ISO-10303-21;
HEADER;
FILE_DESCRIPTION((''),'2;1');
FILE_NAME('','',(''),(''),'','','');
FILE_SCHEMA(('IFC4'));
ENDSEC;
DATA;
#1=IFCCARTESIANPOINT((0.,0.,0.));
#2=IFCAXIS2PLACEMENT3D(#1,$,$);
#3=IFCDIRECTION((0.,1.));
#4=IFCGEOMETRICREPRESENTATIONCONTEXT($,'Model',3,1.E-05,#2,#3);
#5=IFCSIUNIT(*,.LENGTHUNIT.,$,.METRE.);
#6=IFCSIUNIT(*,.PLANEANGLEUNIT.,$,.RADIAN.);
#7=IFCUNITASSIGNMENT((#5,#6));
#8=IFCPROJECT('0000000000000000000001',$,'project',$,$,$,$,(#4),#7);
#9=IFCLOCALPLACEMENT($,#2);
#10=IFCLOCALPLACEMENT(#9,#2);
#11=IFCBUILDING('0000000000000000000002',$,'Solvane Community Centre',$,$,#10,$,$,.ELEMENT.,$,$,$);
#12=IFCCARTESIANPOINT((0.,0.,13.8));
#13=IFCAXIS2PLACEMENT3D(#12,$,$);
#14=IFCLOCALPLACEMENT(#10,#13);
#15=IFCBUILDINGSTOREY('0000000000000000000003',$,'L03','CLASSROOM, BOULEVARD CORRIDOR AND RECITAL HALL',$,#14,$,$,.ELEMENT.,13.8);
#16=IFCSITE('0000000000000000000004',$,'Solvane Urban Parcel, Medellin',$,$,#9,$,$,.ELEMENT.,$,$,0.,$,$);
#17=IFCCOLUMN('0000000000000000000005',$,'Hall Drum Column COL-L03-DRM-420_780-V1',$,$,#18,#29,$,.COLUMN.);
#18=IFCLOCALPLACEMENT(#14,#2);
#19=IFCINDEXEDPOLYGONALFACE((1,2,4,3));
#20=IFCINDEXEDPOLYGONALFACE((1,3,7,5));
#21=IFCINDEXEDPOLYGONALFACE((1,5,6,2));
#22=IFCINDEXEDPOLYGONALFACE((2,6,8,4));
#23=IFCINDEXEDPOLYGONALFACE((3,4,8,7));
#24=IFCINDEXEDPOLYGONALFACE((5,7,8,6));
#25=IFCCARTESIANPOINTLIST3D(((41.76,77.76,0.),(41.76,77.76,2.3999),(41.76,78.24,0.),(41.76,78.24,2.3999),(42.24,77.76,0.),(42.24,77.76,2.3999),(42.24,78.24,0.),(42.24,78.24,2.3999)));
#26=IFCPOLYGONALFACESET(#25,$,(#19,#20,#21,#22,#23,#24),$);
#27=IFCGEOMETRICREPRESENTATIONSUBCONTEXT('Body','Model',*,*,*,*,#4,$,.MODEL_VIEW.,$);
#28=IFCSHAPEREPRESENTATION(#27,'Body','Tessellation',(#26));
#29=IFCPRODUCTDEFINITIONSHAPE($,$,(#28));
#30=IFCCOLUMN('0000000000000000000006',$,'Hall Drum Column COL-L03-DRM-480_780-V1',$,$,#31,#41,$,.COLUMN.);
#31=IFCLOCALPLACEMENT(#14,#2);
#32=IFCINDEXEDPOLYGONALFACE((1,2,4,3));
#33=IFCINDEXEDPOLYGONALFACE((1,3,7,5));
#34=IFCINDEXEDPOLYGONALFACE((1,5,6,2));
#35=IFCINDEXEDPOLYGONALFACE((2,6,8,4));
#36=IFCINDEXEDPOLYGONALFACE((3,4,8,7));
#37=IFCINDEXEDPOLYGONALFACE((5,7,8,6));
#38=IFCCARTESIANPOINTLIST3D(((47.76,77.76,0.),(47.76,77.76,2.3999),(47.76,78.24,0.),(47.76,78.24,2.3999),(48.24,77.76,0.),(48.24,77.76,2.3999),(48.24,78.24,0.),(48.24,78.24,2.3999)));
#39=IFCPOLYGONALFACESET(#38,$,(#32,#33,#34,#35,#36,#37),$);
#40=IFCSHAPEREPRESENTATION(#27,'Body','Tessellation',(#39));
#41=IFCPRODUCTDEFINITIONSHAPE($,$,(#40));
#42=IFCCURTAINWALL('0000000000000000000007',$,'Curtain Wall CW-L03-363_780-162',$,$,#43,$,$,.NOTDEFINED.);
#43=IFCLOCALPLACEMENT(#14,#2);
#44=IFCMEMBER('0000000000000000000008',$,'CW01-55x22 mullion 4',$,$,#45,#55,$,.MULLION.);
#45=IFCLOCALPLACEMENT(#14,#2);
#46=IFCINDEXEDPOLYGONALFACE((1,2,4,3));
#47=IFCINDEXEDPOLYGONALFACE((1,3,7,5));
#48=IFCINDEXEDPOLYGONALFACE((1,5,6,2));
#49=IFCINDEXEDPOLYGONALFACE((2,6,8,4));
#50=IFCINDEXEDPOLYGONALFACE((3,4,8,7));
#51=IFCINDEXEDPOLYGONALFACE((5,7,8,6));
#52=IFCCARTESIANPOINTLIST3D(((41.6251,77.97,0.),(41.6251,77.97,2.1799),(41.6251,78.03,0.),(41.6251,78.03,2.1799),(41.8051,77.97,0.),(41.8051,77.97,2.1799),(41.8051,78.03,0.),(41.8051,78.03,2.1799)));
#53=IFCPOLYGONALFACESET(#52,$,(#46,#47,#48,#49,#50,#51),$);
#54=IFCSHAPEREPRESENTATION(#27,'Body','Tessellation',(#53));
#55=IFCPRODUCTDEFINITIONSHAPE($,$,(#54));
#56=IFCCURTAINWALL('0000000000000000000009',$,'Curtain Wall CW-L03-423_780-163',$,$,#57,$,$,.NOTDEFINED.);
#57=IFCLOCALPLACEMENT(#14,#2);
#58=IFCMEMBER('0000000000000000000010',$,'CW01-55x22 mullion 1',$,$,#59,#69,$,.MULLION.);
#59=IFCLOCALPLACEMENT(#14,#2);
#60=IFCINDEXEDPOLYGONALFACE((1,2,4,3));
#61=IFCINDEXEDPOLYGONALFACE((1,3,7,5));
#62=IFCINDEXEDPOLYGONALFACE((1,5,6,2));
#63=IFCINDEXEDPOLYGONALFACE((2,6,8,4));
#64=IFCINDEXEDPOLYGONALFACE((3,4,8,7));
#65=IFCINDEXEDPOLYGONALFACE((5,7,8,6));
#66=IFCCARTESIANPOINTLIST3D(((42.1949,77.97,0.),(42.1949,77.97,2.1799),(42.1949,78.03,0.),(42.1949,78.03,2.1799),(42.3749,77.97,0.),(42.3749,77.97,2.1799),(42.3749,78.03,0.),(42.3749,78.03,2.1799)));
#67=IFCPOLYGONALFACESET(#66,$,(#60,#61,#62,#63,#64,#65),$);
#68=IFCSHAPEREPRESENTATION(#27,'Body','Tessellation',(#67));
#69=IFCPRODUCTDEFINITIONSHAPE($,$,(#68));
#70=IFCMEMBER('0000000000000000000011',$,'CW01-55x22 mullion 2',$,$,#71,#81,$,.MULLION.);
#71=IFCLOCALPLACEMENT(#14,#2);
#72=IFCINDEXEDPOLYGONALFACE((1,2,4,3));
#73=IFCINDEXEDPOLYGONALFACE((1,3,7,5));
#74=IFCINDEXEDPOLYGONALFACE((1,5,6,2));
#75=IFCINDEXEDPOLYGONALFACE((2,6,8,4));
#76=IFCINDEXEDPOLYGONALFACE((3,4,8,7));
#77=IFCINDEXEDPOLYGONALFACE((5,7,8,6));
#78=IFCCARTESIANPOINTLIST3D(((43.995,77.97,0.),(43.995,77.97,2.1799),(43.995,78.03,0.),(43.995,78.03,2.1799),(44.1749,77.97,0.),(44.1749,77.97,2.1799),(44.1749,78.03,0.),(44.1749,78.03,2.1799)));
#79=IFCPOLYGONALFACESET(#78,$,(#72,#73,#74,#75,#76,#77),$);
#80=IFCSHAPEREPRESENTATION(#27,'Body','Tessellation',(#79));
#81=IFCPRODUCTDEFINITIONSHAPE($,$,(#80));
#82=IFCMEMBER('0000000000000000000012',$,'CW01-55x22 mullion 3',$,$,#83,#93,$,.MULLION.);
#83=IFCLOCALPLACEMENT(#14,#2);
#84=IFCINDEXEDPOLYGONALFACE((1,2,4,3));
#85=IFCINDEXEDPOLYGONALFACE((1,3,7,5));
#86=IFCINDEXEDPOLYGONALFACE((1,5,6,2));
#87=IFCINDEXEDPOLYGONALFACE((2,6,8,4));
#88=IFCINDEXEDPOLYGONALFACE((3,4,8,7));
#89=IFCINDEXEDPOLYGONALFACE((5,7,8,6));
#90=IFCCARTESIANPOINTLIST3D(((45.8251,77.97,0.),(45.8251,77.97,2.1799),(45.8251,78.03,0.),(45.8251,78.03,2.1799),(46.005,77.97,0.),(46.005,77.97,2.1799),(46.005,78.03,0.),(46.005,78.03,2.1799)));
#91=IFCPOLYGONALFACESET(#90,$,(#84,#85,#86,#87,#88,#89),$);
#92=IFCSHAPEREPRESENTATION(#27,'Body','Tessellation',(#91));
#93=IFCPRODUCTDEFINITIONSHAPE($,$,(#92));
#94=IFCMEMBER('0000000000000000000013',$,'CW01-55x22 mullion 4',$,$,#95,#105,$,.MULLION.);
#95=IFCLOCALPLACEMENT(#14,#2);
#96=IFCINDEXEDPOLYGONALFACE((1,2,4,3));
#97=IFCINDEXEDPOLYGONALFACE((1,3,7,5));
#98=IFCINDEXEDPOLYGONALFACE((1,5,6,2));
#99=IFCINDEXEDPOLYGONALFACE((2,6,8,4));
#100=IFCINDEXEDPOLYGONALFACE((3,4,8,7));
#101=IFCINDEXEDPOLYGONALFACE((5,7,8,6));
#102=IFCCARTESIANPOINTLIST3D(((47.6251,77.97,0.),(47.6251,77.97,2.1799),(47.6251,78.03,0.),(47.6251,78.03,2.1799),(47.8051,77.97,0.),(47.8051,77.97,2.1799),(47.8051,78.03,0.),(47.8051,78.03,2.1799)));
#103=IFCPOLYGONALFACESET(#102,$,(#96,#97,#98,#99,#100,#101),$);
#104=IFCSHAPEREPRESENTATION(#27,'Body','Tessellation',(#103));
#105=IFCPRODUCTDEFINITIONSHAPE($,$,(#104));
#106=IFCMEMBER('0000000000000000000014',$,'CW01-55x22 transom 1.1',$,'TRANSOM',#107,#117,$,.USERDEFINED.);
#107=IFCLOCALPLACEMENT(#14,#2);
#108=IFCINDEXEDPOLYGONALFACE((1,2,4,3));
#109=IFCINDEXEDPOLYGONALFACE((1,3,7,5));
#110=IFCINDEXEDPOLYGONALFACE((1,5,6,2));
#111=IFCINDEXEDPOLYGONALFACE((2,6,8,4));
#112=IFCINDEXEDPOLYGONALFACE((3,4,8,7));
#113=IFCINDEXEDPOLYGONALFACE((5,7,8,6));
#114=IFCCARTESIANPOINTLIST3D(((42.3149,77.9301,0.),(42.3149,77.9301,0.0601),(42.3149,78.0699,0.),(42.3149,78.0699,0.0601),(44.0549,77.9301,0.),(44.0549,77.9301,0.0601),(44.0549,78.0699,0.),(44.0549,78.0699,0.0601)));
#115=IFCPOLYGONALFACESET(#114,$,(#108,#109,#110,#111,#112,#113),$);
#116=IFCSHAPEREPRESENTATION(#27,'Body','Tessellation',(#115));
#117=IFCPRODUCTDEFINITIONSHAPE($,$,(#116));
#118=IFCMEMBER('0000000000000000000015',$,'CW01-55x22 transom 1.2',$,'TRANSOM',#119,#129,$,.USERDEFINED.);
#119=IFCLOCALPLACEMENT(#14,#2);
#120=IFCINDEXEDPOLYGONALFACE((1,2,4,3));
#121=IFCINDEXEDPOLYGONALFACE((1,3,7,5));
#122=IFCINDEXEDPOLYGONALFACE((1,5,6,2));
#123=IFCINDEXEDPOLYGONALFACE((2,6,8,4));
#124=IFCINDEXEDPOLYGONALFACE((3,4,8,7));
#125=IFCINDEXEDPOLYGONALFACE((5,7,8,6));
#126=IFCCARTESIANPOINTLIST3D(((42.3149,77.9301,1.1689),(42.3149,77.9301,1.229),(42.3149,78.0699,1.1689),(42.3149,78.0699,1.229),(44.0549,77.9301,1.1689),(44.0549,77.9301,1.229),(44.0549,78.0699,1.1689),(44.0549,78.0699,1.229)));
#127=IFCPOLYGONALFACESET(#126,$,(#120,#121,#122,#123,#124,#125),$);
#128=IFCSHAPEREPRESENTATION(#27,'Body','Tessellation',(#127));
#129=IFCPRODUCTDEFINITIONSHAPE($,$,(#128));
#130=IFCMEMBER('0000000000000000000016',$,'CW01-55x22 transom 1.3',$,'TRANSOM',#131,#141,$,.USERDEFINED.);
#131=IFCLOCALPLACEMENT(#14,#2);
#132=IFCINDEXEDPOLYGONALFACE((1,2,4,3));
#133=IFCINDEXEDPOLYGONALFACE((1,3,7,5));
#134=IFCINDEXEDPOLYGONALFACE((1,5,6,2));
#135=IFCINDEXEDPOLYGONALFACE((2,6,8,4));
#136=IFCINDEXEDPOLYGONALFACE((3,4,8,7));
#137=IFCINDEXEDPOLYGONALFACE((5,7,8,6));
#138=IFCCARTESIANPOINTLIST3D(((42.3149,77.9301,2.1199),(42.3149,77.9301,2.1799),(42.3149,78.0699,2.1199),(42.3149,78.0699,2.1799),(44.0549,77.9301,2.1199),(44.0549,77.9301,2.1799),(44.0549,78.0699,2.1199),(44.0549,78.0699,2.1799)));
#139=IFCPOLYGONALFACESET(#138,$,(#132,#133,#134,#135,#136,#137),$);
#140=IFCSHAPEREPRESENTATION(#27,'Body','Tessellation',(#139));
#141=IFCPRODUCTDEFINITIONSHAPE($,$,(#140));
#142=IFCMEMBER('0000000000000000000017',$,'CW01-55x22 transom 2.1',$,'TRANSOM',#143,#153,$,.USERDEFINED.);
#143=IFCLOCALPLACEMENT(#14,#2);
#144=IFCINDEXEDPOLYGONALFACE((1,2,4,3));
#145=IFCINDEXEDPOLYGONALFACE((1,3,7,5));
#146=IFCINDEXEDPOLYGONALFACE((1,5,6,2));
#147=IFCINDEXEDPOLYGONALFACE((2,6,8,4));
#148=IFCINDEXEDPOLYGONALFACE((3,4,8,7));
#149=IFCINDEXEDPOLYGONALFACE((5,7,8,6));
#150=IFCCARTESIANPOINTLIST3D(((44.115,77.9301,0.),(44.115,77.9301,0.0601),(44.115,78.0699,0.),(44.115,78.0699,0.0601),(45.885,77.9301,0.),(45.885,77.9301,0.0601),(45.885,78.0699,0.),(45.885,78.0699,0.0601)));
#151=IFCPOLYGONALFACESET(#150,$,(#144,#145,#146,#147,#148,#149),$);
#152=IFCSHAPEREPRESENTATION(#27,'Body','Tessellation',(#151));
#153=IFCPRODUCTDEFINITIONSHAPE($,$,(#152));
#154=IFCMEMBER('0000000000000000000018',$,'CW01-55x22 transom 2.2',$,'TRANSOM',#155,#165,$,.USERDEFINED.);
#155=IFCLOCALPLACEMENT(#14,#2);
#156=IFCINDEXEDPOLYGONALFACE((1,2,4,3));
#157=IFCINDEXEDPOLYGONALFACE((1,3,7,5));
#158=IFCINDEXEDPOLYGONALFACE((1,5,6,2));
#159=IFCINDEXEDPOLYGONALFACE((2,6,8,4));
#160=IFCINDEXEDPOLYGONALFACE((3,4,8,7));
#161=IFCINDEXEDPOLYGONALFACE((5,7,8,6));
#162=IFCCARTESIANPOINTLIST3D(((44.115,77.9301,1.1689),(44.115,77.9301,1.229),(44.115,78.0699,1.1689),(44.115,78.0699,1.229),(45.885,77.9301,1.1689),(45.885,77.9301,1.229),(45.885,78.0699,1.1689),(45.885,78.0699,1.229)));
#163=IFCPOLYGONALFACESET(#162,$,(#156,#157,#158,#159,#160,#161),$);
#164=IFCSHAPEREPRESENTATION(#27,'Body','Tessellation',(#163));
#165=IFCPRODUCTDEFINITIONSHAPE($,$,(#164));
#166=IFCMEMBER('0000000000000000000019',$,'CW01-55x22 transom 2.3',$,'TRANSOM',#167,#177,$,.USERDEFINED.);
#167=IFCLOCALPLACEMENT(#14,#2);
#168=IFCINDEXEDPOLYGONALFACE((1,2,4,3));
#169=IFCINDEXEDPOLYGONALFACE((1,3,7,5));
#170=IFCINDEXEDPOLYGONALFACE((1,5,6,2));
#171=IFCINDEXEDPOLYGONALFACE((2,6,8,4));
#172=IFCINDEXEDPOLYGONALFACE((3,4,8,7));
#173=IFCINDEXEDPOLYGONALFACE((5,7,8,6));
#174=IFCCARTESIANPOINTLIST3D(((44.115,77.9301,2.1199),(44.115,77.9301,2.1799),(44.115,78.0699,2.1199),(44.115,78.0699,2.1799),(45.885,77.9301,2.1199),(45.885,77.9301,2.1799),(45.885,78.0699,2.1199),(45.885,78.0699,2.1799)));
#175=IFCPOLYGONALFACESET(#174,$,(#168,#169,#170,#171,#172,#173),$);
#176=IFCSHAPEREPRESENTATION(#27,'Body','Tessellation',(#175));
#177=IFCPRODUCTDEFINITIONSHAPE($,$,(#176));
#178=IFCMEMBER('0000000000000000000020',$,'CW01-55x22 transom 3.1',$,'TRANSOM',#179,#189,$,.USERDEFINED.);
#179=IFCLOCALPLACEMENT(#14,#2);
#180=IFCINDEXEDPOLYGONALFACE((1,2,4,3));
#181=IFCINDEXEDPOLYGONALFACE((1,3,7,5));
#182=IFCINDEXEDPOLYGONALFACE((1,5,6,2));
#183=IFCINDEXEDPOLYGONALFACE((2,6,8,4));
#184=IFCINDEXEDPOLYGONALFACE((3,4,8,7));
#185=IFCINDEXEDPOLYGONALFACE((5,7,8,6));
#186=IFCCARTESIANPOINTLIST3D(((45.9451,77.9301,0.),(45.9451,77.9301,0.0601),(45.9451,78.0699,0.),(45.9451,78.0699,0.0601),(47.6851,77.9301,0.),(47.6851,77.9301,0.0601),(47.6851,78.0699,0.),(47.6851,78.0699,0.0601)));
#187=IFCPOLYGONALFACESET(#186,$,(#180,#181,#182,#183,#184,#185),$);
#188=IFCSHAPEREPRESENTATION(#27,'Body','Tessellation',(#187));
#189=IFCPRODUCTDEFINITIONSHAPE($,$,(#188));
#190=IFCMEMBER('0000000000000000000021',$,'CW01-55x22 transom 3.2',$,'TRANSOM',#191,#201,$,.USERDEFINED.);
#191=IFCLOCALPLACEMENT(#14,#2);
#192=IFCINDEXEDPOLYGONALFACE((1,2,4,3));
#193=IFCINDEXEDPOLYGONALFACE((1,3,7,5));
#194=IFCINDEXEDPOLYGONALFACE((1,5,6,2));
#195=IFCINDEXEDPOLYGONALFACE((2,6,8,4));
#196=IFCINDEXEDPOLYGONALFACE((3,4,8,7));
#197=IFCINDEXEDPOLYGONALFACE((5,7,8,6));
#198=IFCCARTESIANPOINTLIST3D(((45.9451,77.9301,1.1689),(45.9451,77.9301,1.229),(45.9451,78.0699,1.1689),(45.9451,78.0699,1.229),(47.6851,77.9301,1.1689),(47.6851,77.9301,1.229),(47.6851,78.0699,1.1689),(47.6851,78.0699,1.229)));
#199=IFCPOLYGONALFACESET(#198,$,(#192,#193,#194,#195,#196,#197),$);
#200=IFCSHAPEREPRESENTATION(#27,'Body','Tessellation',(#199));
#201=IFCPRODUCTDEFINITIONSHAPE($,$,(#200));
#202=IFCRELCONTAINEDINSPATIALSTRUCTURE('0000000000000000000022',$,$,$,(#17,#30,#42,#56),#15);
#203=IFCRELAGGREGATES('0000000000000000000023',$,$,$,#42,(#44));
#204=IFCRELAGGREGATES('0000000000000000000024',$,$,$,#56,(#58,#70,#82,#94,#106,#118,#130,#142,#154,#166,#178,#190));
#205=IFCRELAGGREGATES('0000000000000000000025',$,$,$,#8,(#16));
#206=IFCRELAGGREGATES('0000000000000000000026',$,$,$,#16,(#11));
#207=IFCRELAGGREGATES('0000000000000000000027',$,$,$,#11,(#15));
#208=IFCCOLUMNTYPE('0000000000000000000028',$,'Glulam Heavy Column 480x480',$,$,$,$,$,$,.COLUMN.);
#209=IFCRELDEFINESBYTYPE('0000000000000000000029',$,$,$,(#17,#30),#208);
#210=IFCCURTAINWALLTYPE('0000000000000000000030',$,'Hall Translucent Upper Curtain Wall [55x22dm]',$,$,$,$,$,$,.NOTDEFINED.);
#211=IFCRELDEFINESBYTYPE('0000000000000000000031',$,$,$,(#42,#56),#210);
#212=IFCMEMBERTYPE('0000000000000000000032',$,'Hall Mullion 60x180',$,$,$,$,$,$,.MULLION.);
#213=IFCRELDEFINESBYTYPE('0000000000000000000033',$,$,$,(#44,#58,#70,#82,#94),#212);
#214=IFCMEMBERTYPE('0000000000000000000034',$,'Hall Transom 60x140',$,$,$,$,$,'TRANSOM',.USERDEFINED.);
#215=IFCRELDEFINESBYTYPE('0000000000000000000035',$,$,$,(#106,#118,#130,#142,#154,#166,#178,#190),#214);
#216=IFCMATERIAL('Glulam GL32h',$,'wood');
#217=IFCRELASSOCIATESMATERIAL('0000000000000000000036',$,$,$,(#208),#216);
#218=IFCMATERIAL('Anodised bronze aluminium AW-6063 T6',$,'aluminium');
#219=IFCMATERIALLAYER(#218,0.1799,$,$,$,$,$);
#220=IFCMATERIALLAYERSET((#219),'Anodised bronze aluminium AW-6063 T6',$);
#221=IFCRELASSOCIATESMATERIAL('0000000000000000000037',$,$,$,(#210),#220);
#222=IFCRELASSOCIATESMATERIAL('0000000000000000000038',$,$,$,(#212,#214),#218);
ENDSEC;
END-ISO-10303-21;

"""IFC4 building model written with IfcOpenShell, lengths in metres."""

from ifc_helpers import new_model, si_unit, direction, frame, origin, origin_2d, place, context, subcontext, project, spatial, rectangle, extrude, material, layer, layer_set, material_profile, profile_set, type_object, element, aggregate, save


model = new_model("IFC4")

# Units and contexts
model_context = context("Model", 3, precision=1e-05, world=origin(), true_north=direction((0.0, 1.0)))
body_context = subcontext(model_context, "Body", "Model", "MODEL_VIEW")
ifc_project = project(units=[si_unit("LENGTHUNIT", "METRE"), si_unit("PLANEANGLEUNIT", "RADIAN")], contexts=[model_context])

# Site, building, storey
site_placement = place(None, origin())
site = spatial("IfcSite", under=ifc_project, at=site_placement, Name="Solvane Urban Parcel, Medellin", CompositionType="ELEMENT", RefElevation=0.0)
building_placement = place(site_placement, origin())
building = spatial("IfcBuilding", under=site, at=building_placement, Name="Solvane Community Centre", CompositionType="ELEMENT")
storey_placement = place(building_placement, frame((0.0, 0.0, 13.8)))
storey = spatial("IfcBuildingStorey", under=building, at=storey_placement, Name="L03", Description="CLASSROOM, BOULEVARD CORRIDOR AND RECITAL HALL", CompositionType="ELEMENT", Elevation=13.8)

# Columns
ifc_material_1 = material(Name="Glulam GL32h", Category="wood")
ifc_material_profile_1 = material_profile(ifc_material_1, rectangle(XDim=0.48, YDim=0.48, at=origin_2d()), Name="GL32h 480x480")
ifc_profile_set_1 = profile_set([ifc_material_profile_1], Name="Glulam GL32h")
column_type = type_object("IfcColumnType", Name="Glulam Heavy Column 480x480", PredefinedType="COLUMN", material=ifc_profile_set_1)
for number, where, z_axis, x_axis, name in (
    (1, (42.0, 78.0, 0.0), (0.0, 0.0, 1.0), (1.0, 0.0, 0.0), "Hall Drum Column COL-L03-DRM-420_780-V1"),
    (2, (48.0, 78.0, 0.0), (0.0, 0.0, 1.0), (1.0, 0.0, 0.0), "Hall Drum Column COL-L03-DRM-480_780-V1"),
):
    element("IfcColumn", number, at=place(storey_placement, frame(where, z_axis=z_axis, x_axis=x_axis)), inside=storey, type_object=column_type, Name=name, PredefinedType="COLUMN", context=body_context, shape_type="SweptSolid", body=[
        extrude(rectangle(XDim=0.48, YDim=0.48, at=origin_2d()), origin(), (0.0, 0.0, 1.0), 2.3999),
    ])

# Curtain wall, member
ifc_material_2 = material(Name="Anodised bronze aluminium AW-6063 T6", Category="aluminium")
ifc_layer_1 = layer(ifc_material_2, 0.1799)
ifc_layer_set_1 = layer_set([ifc_layer_1], Name="Anodised bronze aluminium AW-6063 T6")
curtain_wall_type = type_object("IfcCurtainWallType", Name="Hall Translucent Upper Curtain Wall [55x22dm]", PredefinedType="NOTDEFINED", material=ifc_layer_set_1)
curtain_wall_1_placement = place(storey_placement, origin())
curtain_wall_1 = element("IfcCurtainWall", 3, at=curtain_wall_1_placement, inside=storey, type_object=curtain_wall_type, Name="Curtain Wall CW-L03-363_780-162", PredefinedType="NOTDEFINED")
ifc_material_profile_2 = material_profile(ifc_material_2, rectangle(XDim=0.0601, YDim=0.1799, at=origin_2d()), Name="CW-M 60x180")
ifc_profile_set_2 = profile_set([ifc_material_profile_2], Name="Anodised bronze aluminium AW-6063 T6")
member_type_1 = type_object("IfcMemberType", Name="Hall Mullion 60x180", PredefinedType="MULLION", material=ifc_profile_set_2)
member_1_placement = place(storey_placement, frame((41.7151, 78.0, 0.0), z_axis=(0.0, 0.0, 1.0), x_axis=(0.0, 1.0, 0.0)))
member_1 = element("IfcMember", 4, at=member_1_placement, type_object=member_type_1, Name="CW01-55x22 mullion 4", PredefinedType="MULLION", context=body_context, shape_type="SweptSolid", body=[
    extrude(rectangle(XDim=0.0601, YDim=0.1799, at=origin_2d()), origin(), (0.0, 0.0, 1.0), 2.1799),
])

# Curtain wall, members
curtain_wall_2_placement = place(storey_placement, origin())
curtain_wall_2 = element("IfcCurtainWall", 5, at=curtain_wall_2_placement, inside=storey, type_object=curtain_wall_type, Name="Curtain Wall CW-L03-423_780-163", PredefinedType="NOTDEFINED")
member_2_placement = place(storey_placement, frame((42.2849, 78.0, 0.0), z_axis=(0.0, 0.0, 1.0), x_axis=(0.0, 1.0, 0.0)))
member_2 = element("IfcMember", 6, at=member_2_placement, type_object=member_type_1, Name="CW01-55x22 mullion 1", PredefinedType="MULLION", context=body_context, shape_type="SweptSolid", body=[
    extrude(rectangle(XDim=0.0601, YDim=0.1799, at=origin_2d()), origin(), (0.0, 0.0, 1.0), 2.1799),
])
member_3_placement = place(storey_placement, frame((44.085, 78.0, 0.0), z_axis=(0.0, 0.0, 1.0), x_axis=(0.0, 1.0, 0.0)))
member_3 = element("IfcMember", 7, at=member_3_placement, type_object=member_type_1, Name="CW01-55x22 mullion 2", PredefinedType="MULLION", context=body_context, shape_type="SweptSolid", body=[
    extrude(rectangle(XDim=0.0601, YDim=0.1799, at=origin_2d()), origin(), (0.0, 0.0, 1.0), 2.1799),
])
member_4_placement = place(storey_placement, frame((45.915, 78.0, 0.0), z_axis=(0.0, 0.0, 1.0), x_axis=(0.0, 1.0, 0.0)))
member_4 = element("IfcMember", 8, at=member_4_placement, type_object=member_type_1, Name="CW01-55x22 mullion 3", PredefinedType="MULLION", context=body_context, shape_type="SweptSolid", body=[
    extrude(rectangle(XDim=0.0601, YDim=0.1799, at=origin_2d()), origin(), (0.0, 0.0, 1.0), 2.1799),
])
member_5_placement = place(storey_placement, frame((47.7151, 78.0, 0.0), z_axis=(0.0, 0.0, 1.0), x_axis=(0.0, 1.0, 0.0)))
member_5 = element("IfcMember", 9, at=member_5_placement, type_object=member_type_1, Name="CW01-55x22 mullion 4", PredefinedType="MULLION", context=body_context, shape_type="SweptSolid", body=[
    extrude(rectangle(XDim=0.0601, YDim=0.1799, at=origin_2d()), origin(), (0.0, 0.0, 1.0), 2.1799),
])
ifc_material_profile_3 = material_profile(ifc_material_2, rectangle(XDim=0.1399, YDim=0.0601, at=origin_2d()), Name="CW-T 60x140")
ifc_profile_set_3 = profile_set([ifc_material_profile_3], Name="Anodised bronze aluminium AW-6063 T6")
member_type_2 = type_object("IfcMemberType", Name="Hall Transom 60x140", ElementType="TRANSOM", PredefinedType="USERDEFINED", material=ifc_profile_set_3)
member_6_placement = place(storey_placement, frame((42.3149, 78.0, 0.03), z_axis=(1.0, 0.0, 0.0), x_axis=(0.0, 1.0, 0.0)))
member_6 = element("IfcMember", 10, at=member_6_placement, type_object=member_type_2, Name="CW01-55x22 transom 1.1", ObjectType="TRANSOM", PredefinedType="USERDEFINED", context=body_context, shape_type="SweptSolid", body=[
    extrude(rectangle(XDim=0.1399, YDim=0.0601, at=origin_2d()), origin(), (0.0, 0.0, 1.0), 1.74),
])
member_7_placement = place(storey_placement, frame((42.3149, 78.0, 1.199), z_axis=(1.0, 0.0, 0.0), x_axis=(0.0, 1.0, 0.0)))
member_7 = element("IfcMember", 11, at=member_7_placement, type_object=member_type_2, Name="CW01-55x22 transom 1.2", ObjectType="TRANSOM", PredefinedType="USERDEFINED", context=body_context, shape_type="SweptSolid", body=[
    extrude(rectangle(XDim=0.1399, YDim=0.0601, at=origin_2d()), origin(), (0.0, 0.0, 1.0), 1.74),
])
member_8_placement = place(storey_placement, frame((42.3149, 78.0, 2.1499), z_axis=(1.0, 0.0, 0.0), x_axis=(0.0, 1.0, 0.0)))
member_8 = element("IfcMember", 12, at=member_8_placement, type_object=member_type_2, Name="CW01-55x22 transom 1.3", ObjectType="TRANSOM", PredefinedType="USERDEFINED", context=body_context, shape_type="SweptSolid", body=[
    extrude(rectangle(XDim=0.1399, YDim=0.0601, at=origin_2d()), origin(), (0.0, 0.0, 1.0), 1.74),
])
member_9_placement = place(storey_placement, frame((44.115, 78.0, 0.03), z_axis=(1.0, 0.0, 0.0), x_axis=(0.0, 1.0, 0.0)))
member_9 = element("IfcMember", 13, at=member_9_placement, type_object=member_type_2, Name="CW01-55x22 transom 2.1", ObjectType="TRANSOM", PredefinedType="USERDEFINED", context=body_context, shape_type="SweptSolid", body=[
    extrude(rectangle(XDim=0.1399, YDim=0.0601, at=origin_2d()), origin(), (0.0, 0.0, 1.0), 1.77),
])
member_10_placement = place(storey_placement, frame((44.115, 78.0, 1.199), z_axis=(1.0, 0.0, 0.0), x_axis=(0.0, 1.0, 0.0)))
member_10 = element("IfcMember", 14, at=member_10_placement, type_object=member_type_2, Name="CW01-55x22 transom 2.2", ObjectType="TRANSOM", PredefinedType="USERDEFINED", context=body_context, shape_type="SweptSolid", body=[
    extrude(rectangle(XDim=0.1399, YDim=0.0601, at=origin_2d()), origin(), (0.0, 0.0, 1.0), 1.77),
])
member_11_placement = place(storey_placement, frame((44.115, 78.0, 2.1499), z_axis=(1.0, 0.0, 0.0), x_axis=(0.0, 1.0, 0.0)))
member_11 = element("IfcMember", 15, at=member_11_placement, type_object=member_type_2, Name="CW01-55x22 transom 2.3", ObjectType="TRANSOM", PredefinedType="USERDEFINED", context=body_context, shape_type="SweptSolid", body=[
    extrude(rectangle(XDim=0.1399, YDim=0.0601, at=origin_2d()), origin(), (0.0, 0.0, 1.0), 1.77),
])
member_12_placement = place(storey_placement, frame((45.9451, 78.0, 0.03), z_axis=(1.0, 0.0, 0.0), x_axis=(0.0, 1.0, 0.0)))
member_12 = element("IfcMember", 16, at=member_12_placement, type_object=member_type_2, Name="CW01-55x22 transom 3.1", ObjectType="TRANSOM", PredefinedType="USERDEFINED", context=body_context, shape_type="SweptSolid", body=[
    extrude(rectangle(XDim=0.1399, YDim=0.0601, at=origin_2d()), origin(), (0.0, 0.0, 1.0), 1.74),
])
member_13_placement = place(storey_placement, frame((45.9451, 78.0, 1.199), z_axis=(1.0, 0.0, 0.0), x_axis=(0.0, 1.0, 0.0)))
member_13 = element("IfcMember", 17, at=member_13_placement, type_object=member_type_2, Name="CW01-55x22 transom 3.2", ObjectType="TRANSOM", PredefinedType="USERDEFINED", context=body_context, shape_type="SweptSolid", body=[
    extrude(rectangle(XDim=0.1399, YDim=0.0601, at=origin_2d()), origin(), (0.0, 0.0, 1.0), 1.74),
])

aggregate(curtain_wall_1, [member_1])
aggregate(curtain_wall_2, [member_2, member_3, member_4, member_5, member_6, member_7, member_8, member_9, member_10, member_11, member_12, member_13])

save(model, "model.ifc")
